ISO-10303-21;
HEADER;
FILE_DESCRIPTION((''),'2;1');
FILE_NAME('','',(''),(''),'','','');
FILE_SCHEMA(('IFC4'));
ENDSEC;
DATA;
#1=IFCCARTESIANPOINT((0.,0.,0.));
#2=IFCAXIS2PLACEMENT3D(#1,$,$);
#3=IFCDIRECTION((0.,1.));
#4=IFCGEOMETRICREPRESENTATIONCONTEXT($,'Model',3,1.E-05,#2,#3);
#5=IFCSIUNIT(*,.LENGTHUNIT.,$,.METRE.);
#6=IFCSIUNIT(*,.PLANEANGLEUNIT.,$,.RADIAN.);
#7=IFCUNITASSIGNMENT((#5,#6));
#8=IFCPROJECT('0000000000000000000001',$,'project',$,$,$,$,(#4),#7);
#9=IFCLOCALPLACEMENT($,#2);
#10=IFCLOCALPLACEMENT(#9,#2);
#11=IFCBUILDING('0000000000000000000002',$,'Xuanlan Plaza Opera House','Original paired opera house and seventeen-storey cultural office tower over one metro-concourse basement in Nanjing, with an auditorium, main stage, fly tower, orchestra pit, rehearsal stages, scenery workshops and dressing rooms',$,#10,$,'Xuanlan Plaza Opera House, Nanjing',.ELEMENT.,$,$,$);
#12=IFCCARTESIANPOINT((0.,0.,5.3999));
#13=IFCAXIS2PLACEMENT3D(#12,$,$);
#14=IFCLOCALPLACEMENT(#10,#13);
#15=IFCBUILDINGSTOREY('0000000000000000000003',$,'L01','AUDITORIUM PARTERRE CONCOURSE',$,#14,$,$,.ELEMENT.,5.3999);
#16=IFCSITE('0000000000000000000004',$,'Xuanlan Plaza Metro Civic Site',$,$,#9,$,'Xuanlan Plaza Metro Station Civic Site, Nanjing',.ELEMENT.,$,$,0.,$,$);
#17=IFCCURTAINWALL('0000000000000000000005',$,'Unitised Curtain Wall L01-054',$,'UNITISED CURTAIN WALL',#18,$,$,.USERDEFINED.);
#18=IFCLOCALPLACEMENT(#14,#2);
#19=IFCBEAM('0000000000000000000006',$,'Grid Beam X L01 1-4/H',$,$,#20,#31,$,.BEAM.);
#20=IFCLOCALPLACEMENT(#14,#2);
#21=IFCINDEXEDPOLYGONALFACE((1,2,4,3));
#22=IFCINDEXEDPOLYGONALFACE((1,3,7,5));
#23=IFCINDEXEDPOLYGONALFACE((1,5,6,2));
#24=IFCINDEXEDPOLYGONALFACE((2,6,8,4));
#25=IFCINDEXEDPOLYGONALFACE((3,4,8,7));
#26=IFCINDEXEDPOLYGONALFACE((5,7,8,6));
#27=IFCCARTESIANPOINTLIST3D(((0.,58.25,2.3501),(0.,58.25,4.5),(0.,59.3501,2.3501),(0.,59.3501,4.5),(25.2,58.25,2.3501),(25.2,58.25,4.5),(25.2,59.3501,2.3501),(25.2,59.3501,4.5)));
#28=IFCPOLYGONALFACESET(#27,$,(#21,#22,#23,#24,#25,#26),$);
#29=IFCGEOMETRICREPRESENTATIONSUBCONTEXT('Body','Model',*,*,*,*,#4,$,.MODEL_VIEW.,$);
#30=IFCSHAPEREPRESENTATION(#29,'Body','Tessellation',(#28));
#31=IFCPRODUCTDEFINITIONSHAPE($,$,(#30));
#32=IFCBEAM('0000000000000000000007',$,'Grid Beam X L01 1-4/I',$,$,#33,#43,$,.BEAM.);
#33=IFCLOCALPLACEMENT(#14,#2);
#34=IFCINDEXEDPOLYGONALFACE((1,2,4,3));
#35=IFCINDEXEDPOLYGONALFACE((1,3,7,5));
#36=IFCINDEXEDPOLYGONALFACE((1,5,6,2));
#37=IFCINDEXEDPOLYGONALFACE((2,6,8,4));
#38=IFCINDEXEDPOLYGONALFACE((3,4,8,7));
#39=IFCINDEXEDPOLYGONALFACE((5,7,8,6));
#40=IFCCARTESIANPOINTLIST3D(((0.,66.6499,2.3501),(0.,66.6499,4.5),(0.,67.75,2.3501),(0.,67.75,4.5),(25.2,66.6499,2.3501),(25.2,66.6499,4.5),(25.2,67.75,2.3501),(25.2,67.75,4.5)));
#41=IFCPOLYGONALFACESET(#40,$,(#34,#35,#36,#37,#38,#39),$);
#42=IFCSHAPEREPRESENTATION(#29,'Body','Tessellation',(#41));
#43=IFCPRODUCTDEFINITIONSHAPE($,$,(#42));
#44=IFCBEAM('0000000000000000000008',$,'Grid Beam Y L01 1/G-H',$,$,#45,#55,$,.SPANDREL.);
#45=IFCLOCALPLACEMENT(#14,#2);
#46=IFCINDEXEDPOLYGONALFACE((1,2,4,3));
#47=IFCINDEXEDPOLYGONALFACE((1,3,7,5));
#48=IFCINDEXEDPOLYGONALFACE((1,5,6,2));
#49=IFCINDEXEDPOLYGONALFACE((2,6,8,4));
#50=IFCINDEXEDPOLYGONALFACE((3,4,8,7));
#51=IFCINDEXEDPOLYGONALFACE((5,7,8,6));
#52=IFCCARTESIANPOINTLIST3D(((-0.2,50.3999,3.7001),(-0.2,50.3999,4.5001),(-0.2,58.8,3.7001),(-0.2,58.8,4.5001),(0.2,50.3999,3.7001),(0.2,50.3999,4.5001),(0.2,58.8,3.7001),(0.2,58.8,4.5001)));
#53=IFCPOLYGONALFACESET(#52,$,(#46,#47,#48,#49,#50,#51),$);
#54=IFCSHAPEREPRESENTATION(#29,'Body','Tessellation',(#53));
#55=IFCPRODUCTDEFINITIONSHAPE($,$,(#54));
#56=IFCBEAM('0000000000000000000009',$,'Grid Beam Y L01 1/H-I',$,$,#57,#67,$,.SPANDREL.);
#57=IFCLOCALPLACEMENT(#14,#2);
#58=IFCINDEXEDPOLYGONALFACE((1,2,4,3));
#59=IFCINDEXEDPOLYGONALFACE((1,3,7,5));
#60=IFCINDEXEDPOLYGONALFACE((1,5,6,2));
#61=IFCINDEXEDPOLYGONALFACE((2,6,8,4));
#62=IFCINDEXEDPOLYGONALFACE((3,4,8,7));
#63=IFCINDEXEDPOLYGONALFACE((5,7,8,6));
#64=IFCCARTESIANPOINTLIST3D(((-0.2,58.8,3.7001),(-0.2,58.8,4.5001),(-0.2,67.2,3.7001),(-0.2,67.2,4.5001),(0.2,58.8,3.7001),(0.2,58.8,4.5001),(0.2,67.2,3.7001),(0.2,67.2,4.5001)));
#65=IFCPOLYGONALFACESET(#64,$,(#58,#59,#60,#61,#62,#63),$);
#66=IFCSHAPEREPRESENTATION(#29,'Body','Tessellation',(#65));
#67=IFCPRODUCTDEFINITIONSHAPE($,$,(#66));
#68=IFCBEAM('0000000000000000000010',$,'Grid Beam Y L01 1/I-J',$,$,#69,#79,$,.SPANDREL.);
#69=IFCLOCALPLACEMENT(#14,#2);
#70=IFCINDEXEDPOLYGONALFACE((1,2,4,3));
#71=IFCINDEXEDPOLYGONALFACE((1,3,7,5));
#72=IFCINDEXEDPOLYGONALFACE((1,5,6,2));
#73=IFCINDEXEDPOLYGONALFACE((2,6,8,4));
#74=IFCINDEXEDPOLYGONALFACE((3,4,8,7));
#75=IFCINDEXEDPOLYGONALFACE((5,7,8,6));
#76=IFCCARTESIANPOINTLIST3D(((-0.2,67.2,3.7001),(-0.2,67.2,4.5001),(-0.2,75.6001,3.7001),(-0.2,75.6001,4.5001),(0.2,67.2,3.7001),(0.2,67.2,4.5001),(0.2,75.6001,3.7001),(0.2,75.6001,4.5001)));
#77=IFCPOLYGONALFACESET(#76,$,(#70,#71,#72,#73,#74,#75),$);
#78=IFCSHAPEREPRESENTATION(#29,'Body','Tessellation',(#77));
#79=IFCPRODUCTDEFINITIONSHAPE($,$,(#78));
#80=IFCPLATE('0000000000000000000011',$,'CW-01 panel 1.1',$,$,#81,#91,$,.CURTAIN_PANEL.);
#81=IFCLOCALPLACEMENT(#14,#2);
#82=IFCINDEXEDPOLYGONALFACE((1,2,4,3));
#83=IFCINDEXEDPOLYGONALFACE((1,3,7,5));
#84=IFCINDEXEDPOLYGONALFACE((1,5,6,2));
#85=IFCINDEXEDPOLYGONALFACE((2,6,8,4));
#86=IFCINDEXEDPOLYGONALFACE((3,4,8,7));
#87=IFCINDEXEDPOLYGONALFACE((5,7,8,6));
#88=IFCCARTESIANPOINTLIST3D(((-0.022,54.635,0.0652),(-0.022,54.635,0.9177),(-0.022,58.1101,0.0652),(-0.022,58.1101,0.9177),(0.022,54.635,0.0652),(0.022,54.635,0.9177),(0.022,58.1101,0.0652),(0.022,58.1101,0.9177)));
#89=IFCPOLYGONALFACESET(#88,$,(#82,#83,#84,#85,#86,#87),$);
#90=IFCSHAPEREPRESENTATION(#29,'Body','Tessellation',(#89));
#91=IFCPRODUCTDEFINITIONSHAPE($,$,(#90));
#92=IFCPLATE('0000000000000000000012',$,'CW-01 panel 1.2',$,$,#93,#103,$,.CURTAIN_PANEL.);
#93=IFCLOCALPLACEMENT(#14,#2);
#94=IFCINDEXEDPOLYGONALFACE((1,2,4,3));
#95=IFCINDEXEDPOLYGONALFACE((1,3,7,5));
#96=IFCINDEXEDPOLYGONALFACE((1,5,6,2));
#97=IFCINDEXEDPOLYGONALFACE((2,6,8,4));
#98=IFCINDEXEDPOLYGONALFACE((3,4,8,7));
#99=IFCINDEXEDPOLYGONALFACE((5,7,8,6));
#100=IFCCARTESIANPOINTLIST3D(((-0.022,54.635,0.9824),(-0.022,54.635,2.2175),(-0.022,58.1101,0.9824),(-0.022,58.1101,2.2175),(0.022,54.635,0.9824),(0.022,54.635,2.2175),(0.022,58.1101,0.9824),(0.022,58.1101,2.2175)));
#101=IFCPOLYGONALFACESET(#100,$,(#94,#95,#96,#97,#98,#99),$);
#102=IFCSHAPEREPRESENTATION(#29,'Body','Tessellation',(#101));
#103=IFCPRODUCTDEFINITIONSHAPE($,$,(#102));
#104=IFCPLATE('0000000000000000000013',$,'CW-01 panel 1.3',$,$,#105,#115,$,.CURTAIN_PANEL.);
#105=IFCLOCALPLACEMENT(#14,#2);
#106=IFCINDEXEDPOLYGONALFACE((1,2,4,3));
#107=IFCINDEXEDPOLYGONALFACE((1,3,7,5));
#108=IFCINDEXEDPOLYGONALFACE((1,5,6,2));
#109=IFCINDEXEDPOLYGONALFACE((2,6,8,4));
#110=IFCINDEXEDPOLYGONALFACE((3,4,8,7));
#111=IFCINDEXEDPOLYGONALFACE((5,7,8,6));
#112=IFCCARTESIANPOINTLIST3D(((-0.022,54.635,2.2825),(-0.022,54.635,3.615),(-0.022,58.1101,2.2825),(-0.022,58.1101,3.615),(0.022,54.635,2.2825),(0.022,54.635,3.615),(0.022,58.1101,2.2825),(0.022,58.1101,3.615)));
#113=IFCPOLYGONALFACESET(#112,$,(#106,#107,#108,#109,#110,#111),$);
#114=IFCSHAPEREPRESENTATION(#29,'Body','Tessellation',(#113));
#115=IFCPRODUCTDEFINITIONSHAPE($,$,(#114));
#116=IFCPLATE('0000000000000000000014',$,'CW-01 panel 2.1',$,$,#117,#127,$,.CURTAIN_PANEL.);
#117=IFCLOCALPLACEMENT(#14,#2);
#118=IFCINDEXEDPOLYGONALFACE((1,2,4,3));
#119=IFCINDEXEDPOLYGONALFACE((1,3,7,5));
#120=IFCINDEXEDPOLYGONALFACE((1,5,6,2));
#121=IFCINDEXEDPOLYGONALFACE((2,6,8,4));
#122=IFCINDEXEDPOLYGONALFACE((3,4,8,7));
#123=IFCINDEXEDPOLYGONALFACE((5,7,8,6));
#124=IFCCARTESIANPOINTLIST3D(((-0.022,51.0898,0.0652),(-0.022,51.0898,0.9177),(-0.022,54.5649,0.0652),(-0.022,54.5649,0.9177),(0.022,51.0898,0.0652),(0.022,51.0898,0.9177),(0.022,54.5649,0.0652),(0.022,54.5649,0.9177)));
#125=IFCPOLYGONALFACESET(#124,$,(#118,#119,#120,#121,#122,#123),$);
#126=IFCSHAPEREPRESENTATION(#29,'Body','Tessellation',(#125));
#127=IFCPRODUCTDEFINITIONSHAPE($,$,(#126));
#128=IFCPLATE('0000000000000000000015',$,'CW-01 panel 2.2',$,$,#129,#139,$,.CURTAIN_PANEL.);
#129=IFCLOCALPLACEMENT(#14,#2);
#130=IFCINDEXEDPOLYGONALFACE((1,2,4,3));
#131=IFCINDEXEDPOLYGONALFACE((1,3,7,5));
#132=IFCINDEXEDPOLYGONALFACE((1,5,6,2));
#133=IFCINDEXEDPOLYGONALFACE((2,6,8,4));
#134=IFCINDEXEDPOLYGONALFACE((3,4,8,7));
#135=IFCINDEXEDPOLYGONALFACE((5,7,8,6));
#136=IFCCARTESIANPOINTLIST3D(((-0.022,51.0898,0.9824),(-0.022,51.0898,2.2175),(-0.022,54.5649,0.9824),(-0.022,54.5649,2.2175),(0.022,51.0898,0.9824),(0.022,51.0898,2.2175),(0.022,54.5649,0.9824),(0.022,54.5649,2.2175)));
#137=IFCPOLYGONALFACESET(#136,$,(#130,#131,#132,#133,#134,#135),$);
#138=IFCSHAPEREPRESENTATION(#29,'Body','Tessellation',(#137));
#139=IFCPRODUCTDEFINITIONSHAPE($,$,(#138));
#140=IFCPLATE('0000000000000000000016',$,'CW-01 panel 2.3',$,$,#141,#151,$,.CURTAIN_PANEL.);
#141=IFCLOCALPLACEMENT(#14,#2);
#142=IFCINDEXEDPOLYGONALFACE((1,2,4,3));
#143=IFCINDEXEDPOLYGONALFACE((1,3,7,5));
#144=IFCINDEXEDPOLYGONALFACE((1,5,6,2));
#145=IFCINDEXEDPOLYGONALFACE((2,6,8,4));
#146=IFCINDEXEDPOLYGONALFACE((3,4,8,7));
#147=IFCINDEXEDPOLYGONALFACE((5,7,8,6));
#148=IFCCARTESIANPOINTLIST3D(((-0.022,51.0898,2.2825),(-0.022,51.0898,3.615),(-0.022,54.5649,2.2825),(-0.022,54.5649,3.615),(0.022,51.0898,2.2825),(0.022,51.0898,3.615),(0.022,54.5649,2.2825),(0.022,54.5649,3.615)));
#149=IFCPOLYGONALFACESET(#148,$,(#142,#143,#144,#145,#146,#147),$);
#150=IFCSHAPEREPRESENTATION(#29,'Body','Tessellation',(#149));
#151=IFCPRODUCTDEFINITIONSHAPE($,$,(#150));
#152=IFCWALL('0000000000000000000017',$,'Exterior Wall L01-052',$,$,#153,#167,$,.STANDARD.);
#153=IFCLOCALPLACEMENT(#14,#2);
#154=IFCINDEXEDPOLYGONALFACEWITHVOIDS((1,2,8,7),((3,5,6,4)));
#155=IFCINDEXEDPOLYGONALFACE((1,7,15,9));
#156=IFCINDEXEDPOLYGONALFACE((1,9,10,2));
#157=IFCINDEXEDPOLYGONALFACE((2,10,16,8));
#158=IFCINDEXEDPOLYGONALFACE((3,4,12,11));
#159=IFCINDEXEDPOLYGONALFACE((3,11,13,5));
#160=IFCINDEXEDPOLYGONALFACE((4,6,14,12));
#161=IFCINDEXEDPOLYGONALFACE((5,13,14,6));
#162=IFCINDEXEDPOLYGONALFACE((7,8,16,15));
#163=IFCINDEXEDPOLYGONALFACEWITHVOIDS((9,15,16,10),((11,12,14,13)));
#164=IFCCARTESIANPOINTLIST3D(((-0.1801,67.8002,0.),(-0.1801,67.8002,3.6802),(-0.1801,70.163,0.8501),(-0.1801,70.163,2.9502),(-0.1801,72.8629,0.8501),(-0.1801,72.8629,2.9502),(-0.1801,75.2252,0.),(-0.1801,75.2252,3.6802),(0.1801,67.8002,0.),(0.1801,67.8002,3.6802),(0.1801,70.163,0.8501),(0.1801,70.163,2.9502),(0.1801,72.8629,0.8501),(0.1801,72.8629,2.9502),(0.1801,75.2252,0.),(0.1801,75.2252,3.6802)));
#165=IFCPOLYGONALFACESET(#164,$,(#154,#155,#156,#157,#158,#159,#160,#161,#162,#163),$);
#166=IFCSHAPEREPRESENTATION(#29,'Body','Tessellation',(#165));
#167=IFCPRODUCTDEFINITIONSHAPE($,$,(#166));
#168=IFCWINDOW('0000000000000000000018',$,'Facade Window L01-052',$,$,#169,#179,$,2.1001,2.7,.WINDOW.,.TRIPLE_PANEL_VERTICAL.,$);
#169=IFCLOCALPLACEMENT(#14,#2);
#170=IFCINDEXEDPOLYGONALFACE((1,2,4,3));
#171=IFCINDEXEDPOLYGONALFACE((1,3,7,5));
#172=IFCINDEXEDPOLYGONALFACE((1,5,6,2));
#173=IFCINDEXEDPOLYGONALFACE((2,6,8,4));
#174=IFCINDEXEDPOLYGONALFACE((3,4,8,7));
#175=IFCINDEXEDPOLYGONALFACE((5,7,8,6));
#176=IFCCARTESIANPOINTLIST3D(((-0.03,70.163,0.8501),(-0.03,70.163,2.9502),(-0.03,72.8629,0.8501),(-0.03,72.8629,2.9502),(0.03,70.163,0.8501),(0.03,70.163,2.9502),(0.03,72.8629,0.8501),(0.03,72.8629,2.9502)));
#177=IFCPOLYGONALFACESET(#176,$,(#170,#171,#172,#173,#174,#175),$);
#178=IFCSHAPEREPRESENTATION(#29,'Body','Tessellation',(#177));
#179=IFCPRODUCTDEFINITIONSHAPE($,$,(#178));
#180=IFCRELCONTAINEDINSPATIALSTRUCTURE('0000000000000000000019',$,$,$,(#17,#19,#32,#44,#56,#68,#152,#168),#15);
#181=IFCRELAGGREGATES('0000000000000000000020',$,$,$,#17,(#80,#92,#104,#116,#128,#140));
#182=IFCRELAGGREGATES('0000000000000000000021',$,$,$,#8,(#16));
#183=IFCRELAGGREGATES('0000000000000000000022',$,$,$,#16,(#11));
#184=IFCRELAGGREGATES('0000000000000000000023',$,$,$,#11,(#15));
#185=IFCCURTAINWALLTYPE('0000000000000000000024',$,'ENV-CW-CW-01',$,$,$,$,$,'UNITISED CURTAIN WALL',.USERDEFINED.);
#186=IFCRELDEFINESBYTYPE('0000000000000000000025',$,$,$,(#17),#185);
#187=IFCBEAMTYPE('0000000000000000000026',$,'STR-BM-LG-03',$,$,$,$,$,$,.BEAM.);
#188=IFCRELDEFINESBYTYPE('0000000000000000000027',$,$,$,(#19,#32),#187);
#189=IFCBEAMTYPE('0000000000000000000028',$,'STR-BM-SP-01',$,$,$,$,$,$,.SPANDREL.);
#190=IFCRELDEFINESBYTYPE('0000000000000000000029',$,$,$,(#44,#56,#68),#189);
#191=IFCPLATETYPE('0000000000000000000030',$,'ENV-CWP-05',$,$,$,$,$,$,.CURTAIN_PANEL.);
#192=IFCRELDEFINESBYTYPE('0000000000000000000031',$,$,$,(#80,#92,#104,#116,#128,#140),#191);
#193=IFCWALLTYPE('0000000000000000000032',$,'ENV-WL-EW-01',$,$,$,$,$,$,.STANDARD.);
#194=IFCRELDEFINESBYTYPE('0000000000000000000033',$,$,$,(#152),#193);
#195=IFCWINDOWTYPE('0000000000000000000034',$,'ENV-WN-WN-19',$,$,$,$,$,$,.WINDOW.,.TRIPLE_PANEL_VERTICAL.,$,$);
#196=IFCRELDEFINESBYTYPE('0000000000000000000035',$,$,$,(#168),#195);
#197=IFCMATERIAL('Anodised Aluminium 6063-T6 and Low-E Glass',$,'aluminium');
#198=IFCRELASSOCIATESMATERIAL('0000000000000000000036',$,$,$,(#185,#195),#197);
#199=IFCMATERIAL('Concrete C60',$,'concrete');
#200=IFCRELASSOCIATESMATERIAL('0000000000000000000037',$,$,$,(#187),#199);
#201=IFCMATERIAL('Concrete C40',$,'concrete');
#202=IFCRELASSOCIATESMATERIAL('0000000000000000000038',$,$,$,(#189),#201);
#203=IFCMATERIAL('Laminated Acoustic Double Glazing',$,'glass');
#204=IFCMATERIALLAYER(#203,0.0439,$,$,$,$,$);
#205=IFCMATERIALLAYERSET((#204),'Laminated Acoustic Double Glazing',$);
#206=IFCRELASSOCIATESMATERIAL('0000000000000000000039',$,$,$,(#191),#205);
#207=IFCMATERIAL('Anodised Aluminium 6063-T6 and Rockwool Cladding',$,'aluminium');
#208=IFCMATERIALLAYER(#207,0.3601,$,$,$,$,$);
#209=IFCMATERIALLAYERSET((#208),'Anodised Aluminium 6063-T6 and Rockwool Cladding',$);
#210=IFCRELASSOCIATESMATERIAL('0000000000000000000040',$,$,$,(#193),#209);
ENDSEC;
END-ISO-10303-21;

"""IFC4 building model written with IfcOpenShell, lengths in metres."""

from ifc_helpers import new_model, si_unit, direction, frame, frame_2d, origin, origin_2d, place, context, subcontext, project, spatial, rectangle, extrude, material, layer, layer_set, material_profile, profile_set, type_object, element, fill, aggregate, save


model = new_model("IFC4")

# Units and contexts
model_context = context("Model", 3, precision=1e-05, world=origin(), true_north=direction((0.0, 1.0)))
body_context = subcontext(model_context, "Body", "Model", "MODEL_VIEW")
ifc_project = project(units=[si_unit("LENGTHUNIT", "METRE"), si_unit("PLANEANGLEUNIT", "RADIAN")], contexts=[model_context])

# Site, building, storey
site_placement = place(None, origin())
site = spatial("IfcSite", under=ifc_project, at=site_placement, Name="Xuanlan Plaza Metro Civic Site", LongName="Xuanlan Plaza Metro Station Civic Site, Nanjing", CompositionType="ELEMENT", RefElevation=0.0)
building_placement = place(site_placement, origin())
building = spatial("IfcBuilding", under=site, at=building_placement, Name="Xuanlan Plaza Opera House", Description="Original paired opera house and seventeen-storey cultural office tower over one metro-concourse basement in Nanjing, with an auditorium, main stage, fly tower, orchestra pit, rehearsal stages, scenery workshops and dressing rooms", LongName="Xuanlan Plaza Opera House, Nanjing", CompositionType="ELEMENT")
storey_placement = place(building_placement, frame((0.0, 0.0, 5.3999)))
storey = spatial("IfcBuildingStorey", under=building, at=storey_placement, Name="L01", Description="AUDITORIUM PARTERRE CONCOURSE", CompositionType="ELEMENT", Elevation=5.3999)

# Shared definitions
ifc_material_1 = material(Name="Concrete C60", Category="concrete")

# Curtain wall
ifc_material_2 = material(Name="Anodised Aluminium 6063-T6 and Low-E Glass", Category="aluminium")
curtain_wall_type = type_object("IfcCurtainWallType", Name="ENV-CW-CW-01", ElementType="UNITISED CURTAIN WALL", PredefinedType="USERDEFINED", material=ifc_material_2)
curtain_wall_placement = place(storey_placement, origin())
curtain_wall = element("IfcCurtainWall", 1, at=curtain_wall_placement, inside=storey, type_object=curtain_wall_type, Name="Unitised Curtain Wall L01-054", ObjectType="UNITISED CURTAIN WALL", PredefinedType="USERDEFINED")

# Beams
ifc_material_profile_1 = material_profile(ifc_material_1, rectangle(XDim=1.1001, YDim=2.1499, at=origin_2d()), Name="RC-TG 1100x2150")
ifc_profile_set_1 = profile_set([ifc_material_profile_1], Name="Concrete C60")
beam_type_1 = type_object("IfcBeamType", Name="STR-BM-LG-03", PredefinedType="BEAM", material=ifc_profile_set_1)
for number, where, z_axis, x_axis, name in (
    (2, (0.0, 58.8, 3.425), (1.0, 0.0, 0.0), (0.0, 1.0, 0.0), "Grid Beam X L01 1-4/H"),
    (3, (0.0, 67.2, 3.425), (1.0, 0.0, 0.0), (0.0, 1.0, 0.0), "Grid Beam X L01 1-4/I"),
):
    element("IfcBeam", number, at=place(storey_placement, frame(where, z_axis=z_axis, x_axis=x_axis)), inside=storey, type_object=beam_type_1, Name=name, PredefinedType="BEAM", context=body_context, shape_type="SweptSolid", body=[
        extrude(rectangle(XDim=1.1001, YDim=2.1499, at=origin_2d()), origin(), (0.0, 0.0, 1.0), 25.2),
    ])
ifc_material_3 = material(Name="Concrete C40", Category="concrete")
ifc_material_profile_2 = material_profile(ifc_material_3, rectangle(XDim=0.3999, YDim=0.8, at=origin_2d()), Name="RC-SPD 400x800")
ifc_profile_set_2 = profile_set([ifc_material_profile_2], Name="Concrete C40")
beam_type_2 = type_object("IfcBeamType", Name="STR-BM-SP-01", PredefinedType="SPANDREL", material=ifc_profile_set_2)
beam_1_placement = place(storey_placement, frame((0.0, 50.3999, 4.1001), z_axis=(0.0, 1.0, 0.0), x_axis=(-1.0, 0.0, 0.0)))
element("IfcBeam", 4, at=beam_1_placement, inside=storey, type_object=beam_type_2, Name="Grid Beam Y L01 1/G-H", PredefinedType="SPANDREL", context=body_context, shape_type="SweptSolid", body=[
    extrude(rectangle(XDim=0.3999, YDim=0.8, at=origin_2d()), origin(), (0.0, 0.0, 1.0), 8.4001),
])
beam_2_placement = place(storey_placement, frame((0.0, 58.8, 4.1001), z_axis=(0.0, 1.0, 0.0), x_axis=(-1.0, 0.0, 0.0)))
element("IfcBeam", 5, at=beam_2_placement, inside=storey, type_object=beam_type_2, Name="Grid Beam Y L01 1/H-I", PredefinedType="SPANDREL", context=body_context, shape_type="SweptSolid", body=[
    extrude(rectangle(XDim=0.3999, YDim=0.8, at=origin_2d()), origin(), (0.0, 0.0, 1.0), 8.3999),
])
beam_3_placement = place(storey_placement, frame((0.0, 67.2, 4.1001), z_axis=(0.0, 1.0, 0.0), x_axis=(-1.0, 0.0, 0.0)))
element("IfcBeam", 6, at=beam_3_placement, inside=storey, type_object=beam_type_2, Name="Grid Beam Y L01 1/I-J", PredefinedType="SPANDREL", context=body_context, shape_type="SweptSolid", body=[
    extrude(rectangle(XDim=0.3999, YDim=0.8, at=origin_2d()), origin(), (0.0, 0.0, 1.0), 8.4001),
])

# Plates
ifc_material_4 = material(Name="Laminated Acoustic Double Glazing", Category="glass")
ifc_layer_1 = layer(ifc_material_4, 0.0439)
ifc_layer_set_1 = layer_set([ifc_layer_1], Name="Laminated Acoustic Double Glazing")
plate_type = type_object("IfcPlateType", Name="ENV-CWP-05", PredefinedType="CURTAIN_PANEL", material=ifc_layer_set_1)
plate_1_placement = place(storey_placement, frame((0.0, 56.3726, 0.0652), z_axis=(0.0, 0.0, 1.0), x_axis=(0.0, -1.0, 0.0)))
plate_1 = element("IfcPlate", 7, at=plate_1_placement, type_object=plate_type, Name="CW-01 panel 1.1", PredefinedType="CURTAIN_PANEL", context=body_context, shape_type="SweptSolid", body=[
    extrude(rectangle(XDim=3.4751, YDim=0.0439, at=origin_2d()), origin(), (0.0, 0.0, 1.0), 0.8525),
])
plate_2_placement = place(storey_placement, frame((0.0, 56.3726, 0.9824), z_axis=(0.0, 0.0, 1.0), x_axis=(0.0, -1.0, 0.0)))
plate_2 = element("IfcPlate", 8, at=plate_2_placement, type_object=plate_type, Name="CW-01 panel 1.2", PredefinedType="CURTAIN_PANEL", context=body_context, shape_type="SweptSolid", body=[
    extrude(rectangle(XDim=3.4751, YDim=0.0439, at=origin_2d()), origin(), (0.0, 0.0, 1.0), 1.2351),
])
plate_3_placement = place(storey_placement, frame((0.0, 56.3726, 2.2825), z_axis=(0.0, 0.0, 1.0), x_axis=(0.0, -1.0, 0.0)))
plate_3 = element("IfcPlate", 9, at=plate_3_placement, type_object=plate_type, Name="CW-01 panel 1.3", PredefinedType="CURTAIN_PANEL", context=body_context, shape_type="SweptSolid", body=[
    extrude(rectangle(XDim=3.4751, YDim=0.0439, at=origin_2d()), origin(), (0.0, 0.0, 1.0), 1.3325),
])
plate_4_placement = place(storey_placement, frame((0.0, 52.8274, 0.0652), z_axis=(0.0, 0.0, 1.0), x_axis=(0.0, -1.0, 0.0)))
plate_4 = element("IfcPlate", 10, at=plate_4_placement, type_object=plate_type, Name="CW-01 panel 2.1", PredefinedType="CURTAIN_PANEL", context=body_context, shape_type="SweptSolid", body=[
    extrude(rectangle(XDim=3.4751, YDim=0.0439, at=origin_2d()), origin(), (0.0, 0.0, 1.0), 0.8525),
])
plate_5_placement = place(storey_placement, frame((0.0, 52.8274, 0.9824), z_axis=(0.0, 0.0, 1.0), x_axis=(0.0, -1.0, 0.0)))
plate_5 = element("IfcPlate", 11, at=plate_5_placement, type_object=plate_type, Name="CW-01 panel 2.2", PredefinedType="CURTAIN_PANEL", context=body_context, shape_type="SweptSolid", body=[
    extrude(rectangle(XDim=3.4751, YDim=0.0439, at=origin_2d()), origin(), (0.0, 0.0, 1.0), 1.2351),
])
plate_6_placement = place(storey_placement, frame((0.0, 52.8274, 2.2825), z_axis=(0.0, 0.0, 1.0), x_axis=(0.0, -1.0, 0.0)))
plate_6 = element("IfcPlate", 12, at=plate_6_placement, type_object=plate_type, Name="CW-01 panel 2.3", PredefinedType="CURTAIN_PANEL", context=body_context, shape_type="SweptSolid", body=[
    extrude(rectangle(XDim=3.4751, YDim=0.0439, at=origin_2d()), origin(), (0.0, 0.0, 1.0), 1.3325),
])
aggregate(curtain_wall, [plate_1, plate_2, plate_3, plate_4, plate_5, plate_6])

# Wall, opening, window
ifc_material_5 = material(Name="Anodised Aluminium 6063-T6 and Rockwool Cladding", Category="aluminium")
ifc_layer_2 = layer(ifc_material_5, 0.3601)
ifc_layer_set_2 = layer_set([ifc_layer_2], Name="Anodised Aluminium 6063-T6 and Rockwool Cladding")
wall_type_1 = type_object("IfcWallType", Name="ENV-WL-EW-01", PredefinedType="STANDARD", material=ifc_layer_set_2)
wall_1_placement = place(storey_placement, frame((0.0, 75.2251, 0.0), z_axis=(0.0, 0.0, 1.0), x_axis=(0.0, -1.0, 0.0)))
wall_1 = element("IfcWall", 13, at=wall_1_placement, inside=storey, type_object=wall_type_1, Name="Exterior Wall L01-052", PredefinedType="STANDARD", context=body_context, shape_type="SweptSolid", body=[
    extrude(rectangle(XDim=7.425, YDim=0.3601, at=frame_2d((3.7124, 0.0))), origin(), (0.0, 0.0, 1.0), 3.6802),
])
opening_1_placement = place(wall_1_placement, frame((2.3621, 0.0, 0.8501)))
opening_1 = element("IfcOpeningElement", 14, at=opening_1_placement, cuts=wall_1, PredefinedType="OPENING", context=body_context, shape_type="SweptSolid", body=[
    extrude(rectangle(XDim=2.7, YDim=2.1001, at=frame_2d((1.3501, 1.05))), frame((0.0, 0.1899, 0.0), z_axis=(0.0, -1.0, 0.0), x_axis=(1.0, 0.0, 0.0)), (0.0, 0.0, 1.0), 0.3801),
])
window_type_1 = type_object("IfcWindowType", Name="ENV-WN-WN-19", PartitioningType="TRIPLE_PANEL_VERTICAL", PredefinedType="WINDOW", material=ifc_material_2)
window_1_placement = place(opening_1_placement, origin())
window_1 = element("IfcWindow", 15, at=window_1_placement, inside=storey, type_object=window_type_1, Name="Facade Window L01-052", OverallHeight=2.1001, OverallWidth=2.7, PartitioningType="TRIPLE_PANEL_VERTICAL", PredefinedType="WINDOW", context=body_context, shape_type="SweptSolid", body=[
    extrude(rectangle(XDim=2.7, YDim=2.1001, at=frame_2d((1.3501, 1.05))), frame((0.0, 0.03, 0.0), z_axis=(0.0, -1.0, 0.0), x_axis=(1.0, 0.0, 0.0)), (0.0, 0.0, 1.0), 0.0601),
])
fill(opening_1, window_1)

save(model, "model.ifc")
